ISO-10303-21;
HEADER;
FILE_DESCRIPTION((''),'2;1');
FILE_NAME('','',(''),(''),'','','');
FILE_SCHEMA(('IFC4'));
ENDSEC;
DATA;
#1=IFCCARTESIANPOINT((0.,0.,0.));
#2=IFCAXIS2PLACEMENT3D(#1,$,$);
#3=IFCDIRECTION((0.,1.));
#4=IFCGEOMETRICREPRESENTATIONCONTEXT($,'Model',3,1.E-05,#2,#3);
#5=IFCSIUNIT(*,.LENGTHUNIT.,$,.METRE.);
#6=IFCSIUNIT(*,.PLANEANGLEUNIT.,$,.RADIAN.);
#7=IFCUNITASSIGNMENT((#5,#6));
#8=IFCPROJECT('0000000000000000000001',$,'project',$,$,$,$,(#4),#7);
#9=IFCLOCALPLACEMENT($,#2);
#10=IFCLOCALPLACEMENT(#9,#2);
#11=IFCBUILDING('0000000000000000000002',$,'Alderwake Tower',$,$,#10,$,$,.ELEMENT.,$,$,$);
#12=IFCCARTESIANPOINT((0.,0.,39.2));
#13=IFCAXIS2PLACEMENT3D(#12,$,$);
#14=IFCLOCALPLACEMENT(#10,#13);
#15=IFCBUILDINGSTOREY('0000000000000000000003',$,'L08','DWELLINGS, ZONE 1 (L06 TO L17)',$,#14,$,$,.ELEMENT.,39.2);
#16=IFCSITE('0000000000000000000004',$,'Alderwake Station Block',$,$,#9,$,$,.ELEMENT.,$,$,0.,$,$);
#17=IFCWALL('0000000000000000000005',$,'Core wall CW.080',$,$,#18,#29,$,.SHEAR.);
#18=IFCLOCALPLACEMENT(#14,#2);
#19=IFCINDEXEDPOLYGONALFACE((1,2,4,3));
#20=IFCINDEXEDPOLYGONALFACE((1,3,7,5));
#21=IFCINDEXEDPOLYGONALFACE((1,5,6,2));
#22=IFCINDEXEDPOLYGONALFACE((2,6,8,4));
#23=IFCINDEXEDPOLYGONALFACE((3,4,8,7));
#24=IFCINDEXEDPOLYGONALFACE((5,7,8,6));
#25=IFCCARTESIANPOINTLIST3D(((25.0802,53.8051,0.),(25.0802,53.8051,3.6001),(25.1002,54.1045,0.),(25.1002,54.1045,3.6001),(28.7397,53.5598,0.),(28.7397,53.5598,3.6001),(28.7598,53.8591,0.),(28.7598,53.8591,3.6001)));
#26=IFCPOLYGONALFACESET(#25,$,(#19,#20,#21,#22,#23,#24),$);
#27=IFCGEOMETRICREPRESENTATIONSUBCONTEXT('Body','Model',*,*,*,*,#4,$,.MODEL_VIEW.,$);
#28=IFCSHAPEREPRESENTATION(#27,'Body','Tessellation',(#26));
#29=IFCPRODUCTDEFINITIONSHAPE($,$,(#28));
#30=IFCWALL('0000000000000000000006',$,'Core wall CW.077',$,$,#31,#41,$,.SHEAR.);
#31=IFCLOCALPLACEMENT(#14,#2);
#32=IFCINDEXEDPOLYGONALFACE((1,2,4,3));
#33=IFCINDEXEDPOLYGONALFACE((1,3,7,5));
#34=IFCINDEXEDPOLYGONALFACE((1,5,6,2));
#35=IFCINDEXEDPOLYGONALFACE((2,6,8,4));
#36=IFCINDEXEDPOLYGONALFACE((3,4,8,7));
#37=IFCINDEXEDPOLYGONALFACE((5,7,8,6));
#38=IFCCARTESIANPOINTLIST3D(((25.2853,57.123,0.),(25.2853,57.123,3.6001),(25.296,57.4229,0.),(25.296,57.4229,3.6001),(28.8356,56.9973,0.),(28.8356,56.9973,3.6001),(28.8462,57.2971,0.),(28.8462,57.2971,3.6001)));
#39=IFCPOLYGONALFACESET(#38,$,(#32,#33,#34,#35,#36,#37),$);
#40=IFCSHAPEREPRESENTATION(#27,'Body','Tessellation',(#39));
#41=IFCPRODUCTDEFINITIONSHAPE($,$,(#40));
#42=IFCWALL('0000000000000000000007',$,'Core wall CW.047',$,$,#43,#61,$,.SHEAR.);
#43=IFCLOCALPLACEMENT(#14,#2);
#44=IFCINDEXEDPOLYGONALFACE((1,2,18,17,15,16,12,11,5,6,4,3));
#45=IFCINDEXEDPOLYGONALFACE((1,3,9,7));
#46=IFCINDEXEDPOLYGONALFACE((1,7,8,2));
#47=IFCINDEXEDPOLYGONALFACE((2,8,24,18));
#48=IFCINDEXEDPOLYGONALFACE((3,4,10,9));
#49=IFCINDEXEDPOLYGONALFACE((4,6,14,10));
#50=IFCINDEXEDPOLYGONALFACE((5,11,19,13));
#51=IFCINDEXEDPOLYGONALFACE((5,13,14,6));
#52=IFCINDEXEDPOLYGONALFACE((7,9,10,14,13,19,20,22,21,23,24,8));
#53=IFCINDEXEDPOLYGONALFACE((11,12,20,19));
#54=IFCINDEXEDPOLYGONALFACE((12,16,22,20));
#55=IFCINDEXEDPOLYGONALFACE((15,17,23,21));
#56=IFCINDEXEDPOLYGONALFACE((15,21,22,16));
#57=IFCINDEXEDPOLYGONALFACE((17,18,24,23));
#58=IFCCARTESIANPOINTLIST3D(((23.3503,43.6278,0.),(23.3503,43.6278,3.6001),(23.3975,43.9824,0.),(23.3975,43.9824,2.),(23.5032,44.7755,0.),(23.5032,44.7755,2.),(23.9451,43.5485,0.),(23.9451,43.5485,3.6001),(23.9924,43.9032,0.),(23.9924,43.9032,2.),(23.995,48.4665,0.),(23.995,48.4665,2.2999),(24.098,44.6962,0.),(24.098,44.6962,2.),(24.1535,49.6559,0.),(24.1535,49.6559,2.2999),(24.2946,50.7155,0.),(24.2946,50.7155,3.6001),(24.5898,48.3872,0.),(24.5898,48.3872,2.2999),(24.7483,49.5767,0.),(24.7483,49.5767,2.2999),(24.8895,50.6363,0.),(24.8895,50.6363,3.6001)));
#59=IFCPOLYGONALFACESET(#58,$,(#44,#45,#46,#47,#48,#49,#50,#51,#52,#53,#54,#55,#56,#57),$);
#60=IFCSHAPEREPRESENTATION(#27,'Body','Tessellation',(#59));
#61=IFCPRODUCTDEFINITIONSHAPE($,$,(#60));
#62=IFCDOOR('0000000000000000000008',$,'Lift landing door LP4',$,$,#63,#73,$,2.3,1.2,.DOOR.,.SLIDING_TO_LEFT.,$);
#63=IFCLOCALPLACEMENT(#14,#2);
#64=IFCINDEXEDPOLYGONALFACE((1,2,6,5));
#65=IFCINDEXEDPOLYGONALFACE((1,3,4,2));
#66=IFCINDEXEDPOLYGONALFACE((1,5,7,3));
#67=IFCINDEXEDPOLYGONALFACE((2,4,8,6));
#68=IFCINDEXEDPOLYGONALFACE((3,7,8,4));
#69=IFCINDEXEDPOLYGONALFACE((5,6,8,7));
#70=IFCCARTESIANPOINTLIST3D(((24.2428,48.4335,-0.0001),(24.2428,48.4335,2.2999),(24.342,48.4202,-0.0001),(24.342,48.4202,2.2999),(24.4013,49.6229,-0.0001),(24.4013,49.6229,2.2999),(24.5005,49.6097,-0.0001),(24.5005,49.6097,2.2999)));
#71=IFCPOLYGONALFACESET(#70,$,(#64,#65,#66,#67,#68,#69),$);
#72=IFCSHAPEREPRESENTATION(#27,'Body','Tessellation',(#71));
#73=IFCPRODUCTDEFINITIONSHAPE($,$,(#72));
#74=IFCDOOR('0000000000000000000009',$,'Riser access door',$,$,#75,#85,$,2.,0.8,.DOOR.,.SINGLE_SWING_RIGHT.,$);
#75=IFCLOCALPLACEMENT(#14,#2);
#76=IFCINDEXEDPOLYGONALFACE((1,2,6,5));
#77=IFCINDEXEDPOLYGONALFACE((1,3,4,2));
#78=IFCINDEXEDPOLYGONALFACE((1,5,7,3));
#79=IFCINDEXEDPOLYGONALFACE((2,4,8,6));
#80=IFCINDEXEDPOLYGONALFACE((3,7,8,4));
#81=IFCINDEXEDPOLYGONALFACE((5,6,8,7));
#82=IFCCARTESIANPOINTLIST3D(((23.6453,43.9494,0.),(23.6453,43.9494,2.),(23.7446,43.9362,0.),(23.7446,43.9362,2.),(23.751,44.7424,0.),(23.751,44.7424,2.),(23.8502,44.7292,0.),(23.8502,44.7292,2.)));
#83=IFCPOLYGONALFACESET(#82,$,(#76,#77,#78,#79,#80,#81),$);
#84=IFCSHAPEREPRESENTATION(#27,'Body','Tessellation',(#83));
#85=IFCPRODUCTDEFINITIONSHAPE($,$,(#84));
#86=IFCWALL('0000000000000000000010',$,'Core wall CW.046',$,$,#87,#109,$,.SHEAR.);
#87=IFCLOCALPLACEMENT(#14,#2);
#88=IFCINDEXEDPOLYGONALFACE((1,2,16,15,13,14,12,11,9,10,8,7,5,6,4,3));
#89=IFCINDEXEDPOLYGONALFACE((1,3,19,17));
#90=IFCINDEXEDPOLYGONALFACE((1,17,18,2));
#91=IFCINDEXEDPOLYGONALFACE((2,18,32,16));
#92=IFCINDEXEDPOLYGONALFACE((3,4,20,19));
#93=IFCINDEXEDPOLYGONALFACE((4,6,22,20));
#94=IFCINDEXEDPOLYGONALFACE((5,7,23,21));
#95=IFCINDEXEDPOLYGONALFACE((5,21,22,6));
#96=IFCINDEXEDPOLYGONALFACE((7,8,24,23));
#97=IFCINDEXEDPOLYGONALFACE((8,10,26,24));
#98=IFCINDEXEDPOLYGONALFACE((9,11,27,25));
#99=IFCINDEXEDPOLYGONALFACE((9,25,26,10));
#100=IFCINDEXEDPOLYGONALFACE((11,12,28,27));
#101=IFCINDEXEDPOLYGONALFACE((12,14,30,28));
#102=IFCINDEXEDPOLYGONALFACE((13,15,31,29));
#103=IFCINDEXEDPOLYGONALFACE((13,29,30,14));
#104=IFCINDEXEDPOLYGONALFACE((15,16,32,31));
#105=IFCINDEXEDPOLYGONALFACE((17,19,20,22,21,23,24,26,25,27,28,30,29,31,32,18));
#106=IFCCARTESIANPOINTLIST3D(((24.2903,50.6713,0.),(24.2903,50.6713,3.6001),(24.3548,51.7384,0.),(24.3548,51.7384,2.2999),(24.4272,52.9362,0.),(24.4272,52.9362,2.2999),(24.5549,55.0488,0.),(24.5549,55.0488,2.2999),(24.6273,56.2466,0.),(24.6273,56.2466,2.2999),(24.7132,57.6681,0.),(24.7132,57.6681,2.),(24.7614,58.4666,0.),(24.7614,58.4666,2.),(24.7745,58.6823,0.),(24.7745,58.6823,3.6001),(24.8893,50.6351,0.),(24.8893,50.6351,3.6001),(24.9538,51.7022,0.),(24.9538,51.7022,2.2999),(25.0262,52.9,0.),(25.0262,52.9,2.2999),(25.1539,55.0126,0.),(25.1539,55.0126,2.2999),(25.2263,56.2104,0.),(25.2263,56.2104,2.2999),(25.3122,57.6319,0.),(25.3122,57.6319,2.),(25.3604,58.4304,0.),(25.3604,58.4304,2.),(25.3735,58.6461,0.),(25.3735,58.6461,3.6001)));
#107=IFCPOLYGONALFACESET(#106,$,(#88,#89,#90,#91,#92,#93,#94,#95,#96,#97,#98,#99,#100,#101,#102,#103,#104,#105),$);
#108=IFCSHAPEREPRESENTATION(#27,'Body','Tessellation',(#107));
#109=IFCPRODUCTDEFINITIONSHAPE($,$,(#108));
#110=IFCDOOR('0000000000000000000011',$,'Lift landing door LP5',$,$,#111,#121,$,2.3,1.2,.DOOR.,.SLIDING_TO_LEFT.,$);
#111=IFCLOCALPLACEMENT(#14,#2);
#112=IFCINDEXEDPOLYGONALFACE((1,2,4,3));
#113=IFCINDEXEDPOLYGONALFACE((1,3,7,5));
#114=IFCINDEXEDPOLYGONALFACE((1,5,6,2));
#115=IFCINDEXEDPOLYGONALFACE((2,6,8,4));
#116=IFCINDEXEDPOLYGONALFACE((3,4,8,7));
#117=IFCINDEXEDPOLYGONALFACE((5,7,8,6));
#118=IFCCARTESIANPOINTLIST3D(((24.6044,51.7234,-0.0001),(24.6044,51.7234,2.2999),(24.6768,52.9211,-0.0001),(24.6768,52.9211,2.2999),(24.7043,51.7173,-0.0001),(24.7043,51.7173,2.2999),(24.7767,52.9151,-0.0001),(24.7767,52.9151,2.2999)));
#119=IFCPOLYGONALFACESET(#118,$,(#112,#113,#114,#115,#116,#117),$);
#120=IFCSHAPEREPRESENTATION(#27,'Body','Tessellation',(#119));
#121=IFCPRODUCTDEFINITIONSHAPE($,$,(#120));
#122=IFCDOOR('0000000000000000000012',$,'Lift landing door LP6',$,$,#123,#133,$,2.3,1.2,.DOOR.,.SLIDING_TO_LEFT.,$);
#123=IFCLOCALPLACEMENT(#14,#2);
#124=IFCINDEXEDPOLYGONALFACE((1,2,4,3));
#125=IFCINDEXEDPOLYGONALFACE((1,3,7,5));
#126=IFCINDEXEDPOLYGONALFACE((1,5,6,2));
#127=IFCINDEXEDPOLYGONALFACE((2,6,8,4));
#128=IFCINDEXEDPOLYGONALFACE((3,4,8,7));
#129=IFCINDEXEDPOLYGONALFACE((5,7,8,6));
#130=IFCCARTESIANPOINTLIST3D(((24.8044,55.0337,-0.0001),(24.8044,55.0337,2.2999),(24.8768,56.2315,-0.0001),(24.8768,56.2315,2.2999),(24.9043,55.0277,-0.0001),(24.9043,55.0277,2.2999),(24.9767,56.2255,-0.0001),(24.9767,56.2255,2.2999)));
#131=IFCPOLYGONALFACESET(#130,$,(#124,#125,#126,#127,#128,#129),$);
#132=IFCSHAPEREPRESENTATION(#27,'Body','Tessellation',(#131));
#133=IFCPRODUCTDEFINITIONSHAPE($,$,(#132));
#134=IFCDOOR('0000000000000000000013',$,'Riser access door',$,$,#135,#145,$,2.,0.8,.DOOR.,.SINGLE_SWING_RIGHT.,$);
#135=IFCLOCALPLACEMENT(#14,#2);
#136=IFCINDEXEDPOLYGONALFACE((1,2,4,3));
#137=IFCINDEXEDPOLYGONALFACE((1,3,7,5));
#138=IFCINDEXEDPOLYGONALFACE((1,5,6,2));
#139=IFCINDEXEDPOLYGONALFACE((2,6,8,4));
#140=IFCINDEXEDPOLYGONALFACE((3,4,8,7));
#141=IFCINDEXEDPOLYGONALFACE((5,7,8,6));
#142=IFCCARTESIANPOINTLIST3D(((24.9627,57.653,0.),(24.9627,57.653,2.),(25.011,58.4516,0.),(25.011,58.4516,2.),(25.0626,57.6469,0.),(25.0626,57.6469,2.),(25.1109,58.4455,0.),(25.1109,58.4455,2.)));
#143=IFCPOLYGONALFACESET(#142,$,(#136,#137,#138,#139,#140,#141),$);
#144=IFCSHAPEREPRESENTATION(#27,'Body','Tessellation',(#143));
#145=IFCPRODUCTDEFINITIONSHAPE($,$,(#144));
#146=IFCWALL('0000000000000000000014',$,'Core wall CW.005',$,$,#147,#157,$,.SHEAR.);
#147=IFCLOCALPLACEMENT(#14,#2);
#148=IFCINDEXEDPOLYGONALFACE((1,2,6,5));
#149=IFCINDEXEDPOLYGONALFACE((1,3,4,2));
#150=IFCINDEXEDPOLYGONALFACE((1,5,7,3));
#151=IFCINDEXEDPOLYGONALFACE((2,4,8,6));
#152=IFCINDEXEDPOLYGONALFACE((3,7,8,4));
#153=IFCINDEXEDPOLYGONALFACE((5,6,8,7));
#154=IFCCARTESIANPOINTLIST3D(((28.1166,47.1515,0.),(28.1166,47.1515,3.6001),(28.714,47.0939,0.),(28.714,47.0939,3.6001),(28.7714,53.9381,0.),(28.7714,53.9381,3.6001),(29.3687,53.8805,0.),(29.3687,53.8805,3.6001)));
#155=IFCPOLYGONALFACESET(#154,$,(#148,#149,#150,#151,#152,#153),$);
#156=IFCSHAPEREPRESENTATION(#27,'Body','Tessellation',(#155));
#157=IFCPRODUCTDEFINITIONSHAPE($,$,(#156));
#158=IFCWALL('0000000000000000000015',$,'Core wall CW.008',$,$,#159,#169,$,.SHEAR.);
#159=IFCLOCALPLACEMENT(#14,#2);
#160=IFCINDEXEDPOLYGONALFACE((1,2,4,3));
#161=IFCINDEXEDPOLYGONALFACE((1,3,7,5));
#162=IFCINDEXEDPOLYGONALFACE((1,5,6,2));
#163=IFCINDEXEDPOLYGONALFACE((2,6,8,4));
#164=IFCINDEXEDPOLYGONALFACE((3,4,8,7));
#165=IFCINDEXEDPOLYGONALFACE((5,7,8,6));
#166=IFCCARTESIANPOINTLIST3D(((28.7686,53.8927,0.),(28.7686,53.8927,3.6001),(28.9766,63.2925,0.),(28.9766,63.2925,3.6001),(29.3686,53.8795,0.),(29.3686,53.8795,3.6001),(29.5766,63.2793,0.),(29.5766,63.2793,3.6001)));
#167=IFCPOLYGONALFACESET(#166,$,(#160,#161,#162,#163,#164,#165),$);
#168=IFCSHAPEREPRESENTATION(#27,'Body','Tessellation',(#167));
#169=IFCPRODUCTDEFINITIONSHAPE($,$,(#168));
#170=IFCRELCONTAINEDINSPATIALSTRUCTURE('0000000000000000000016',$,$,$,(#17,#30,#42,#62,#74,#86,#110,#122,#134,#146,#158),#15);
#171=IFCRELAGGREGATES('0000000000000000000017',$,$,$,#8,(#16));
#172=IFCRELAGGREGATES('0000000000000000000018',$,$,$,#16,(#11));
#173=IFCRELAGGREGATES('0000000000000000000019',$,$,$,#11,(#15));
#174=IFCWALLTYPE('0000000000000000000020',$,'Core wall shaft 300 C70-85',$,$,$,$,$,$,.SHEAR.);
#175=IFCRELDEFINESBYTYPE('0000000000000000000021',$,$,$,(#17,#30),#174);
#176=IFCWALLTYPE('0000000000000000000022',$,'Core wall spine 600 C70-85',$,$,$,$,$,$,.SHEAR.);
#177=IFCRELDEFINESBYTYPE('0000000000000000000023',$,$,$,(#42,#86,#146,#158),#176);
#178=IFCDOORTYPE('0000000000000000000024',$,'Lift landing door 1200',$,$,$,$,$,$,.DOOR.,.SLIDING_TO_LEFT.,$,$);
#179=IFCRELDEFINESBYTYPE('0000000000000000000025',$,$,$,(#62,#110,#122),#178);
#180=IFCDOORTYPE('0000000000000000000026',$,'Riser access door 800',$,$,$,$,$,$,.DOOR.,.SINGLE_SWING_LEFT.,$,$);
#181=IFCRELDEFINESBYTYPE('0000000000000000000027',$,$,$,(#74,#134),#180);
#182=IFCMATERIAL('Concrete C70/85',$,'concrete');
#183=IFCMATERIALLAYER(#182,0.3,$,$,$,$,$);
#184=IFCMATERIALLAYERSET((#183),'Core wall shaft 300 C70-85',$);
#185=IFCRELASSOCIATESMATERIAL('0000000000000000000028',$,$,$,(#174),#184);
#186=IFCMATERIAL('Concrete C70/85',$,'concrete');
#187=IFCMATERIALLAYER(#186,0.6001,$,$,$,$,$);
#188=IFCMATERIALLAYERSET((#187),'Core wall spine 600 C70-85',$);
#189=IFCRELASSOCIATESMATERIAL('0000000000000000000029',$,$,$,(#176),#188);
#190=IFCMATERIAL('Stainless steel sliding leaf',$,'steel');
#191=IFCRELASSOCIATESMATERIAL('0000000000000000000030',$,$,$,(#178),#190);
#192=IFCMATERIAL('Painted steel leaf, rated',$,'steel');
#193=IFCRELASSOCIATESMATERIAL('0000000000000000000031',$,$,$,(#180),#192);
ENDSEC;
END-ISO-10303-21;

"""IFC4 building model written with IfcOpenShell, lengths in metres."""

from ifc_helpers import new_model, si_unit, direction, frame, frame_2d, origin, place, context, subcontext, project, spatial, rectangle, extrude, material, layer, layer_set, type_object, element, fill, save


model = new_model("IFC4")

# Units and contexts
model_context = context("Model", 3, precision=1e-05, world=origin(), true_north=direction((0.0, 1.0)))
body_context = subcontext(model_context, "Body", "Model", "MODEL_VIEW")
ifc_project = project(units=[si_unit("LENGTHUNIT", "METRE"), si_unit("PLANEANGLEUNIT", "RADIAN")], contexts=[model_context])

# Site, building, storey
site_placement = place(None, origin())
site = spatial("IfcSite", under=ifc_project, at=site_placement, Name="Alderwake Station Block", CompositionType="ELEMENT", RefElevation=0.0)
building_placement = place(site_placement, origin())
building = spatial("IfcBuilding", under=site, at=building_placement, Name="Alderwake Tower", CompositionType="ELEMENT")
storey_placement = place(building_placement, frame((0.0, 0.0, 39.2)))
storey = spatial("IfcBuildingStorey", under=building, at=storey_placement, Name="L08", Description="DWELLINGS, ZONE 1 (L06 TO L17)", CompositionType="ELEMENT", Elevation=39.2)

# Walls
ifc_material_1 = material(Name="Concrete C70/85", Category="concrete")
ifc_layer_1 = layer(ifc_material_1, 0.3)
ifc_layer_set_1 = layer_set([ifc_layer_1], Name="Core wall shaft 300 C70-85")
wall_type_1 = type_object("IfcWallType", Name="Core wall shaft 300 C70-85", PredefinedType="SHEAR", material=ifc_layer_set_1)
wall_1_placement = place(storey_placement, frame((25.0901, 53.9548, 0.0), z_axis=(0.0, 0.0, 1.0), x_axis=(0.99776, -0.066899, 0.0)))
element("IfcWall", 1, at=wall_1_placement, inside=storey, type_object=wall_type_1, Name="Core wall CW.080", PredefinedType="SHEAR", context=body_context, shape_type="SweptSolid", body=[
    extrude(rectangle(XDim=3.6677, YDim=0.3, at=frame_2d((1.834, 0.0))), origin(), (0.0, 0.0, 1.0), 3.6001),
])
wall_2_placement = place(storey_placement, frame((25.2905, 57.2729, 0.0), z_axis=(0.0, 0.0, 1.0), x_axis=(0.999373, -0.035392, 0.0)))
element("IfcWall", 2, at=wall_2_placement, inside=storey, type_object=wall_type_1, Name="Core wall CW.077", PredefinedType="SHEAR", context=body_context, shape_type="SweptSolid", body=[
    extrude(rectangle(XDim=3.5525, YDim=0.3, at=frame_2d((1.7764, 0.0))), origin(), (0.0, 0.0, 1.0), 3.6001),
])

# Walls, openings, doors
ifc_material_2 = material(Name="Concrete C70/85", Category="concrete")
ifc_layer_2 = layer(ifc_material_2, 0.6001)
ifc_layer_set_2 = layer_set([ifc_layer_2], Name="Core wall spine 600 C70-85")
wall_type_2 = type_object("IfcWallType", Name="Core wall spine 600 C70-85", PredefinedType="SHEAR", material=ifc_layer_set_2)
wall_3_placement = place(storey_placement, frame((23.6477, 43.5881, 0.0), z_axis=(0.0, 0.0, 1.0), x_axis=(0.13207, 0.99124, 0.0)))
wall_3 = element("IfcWall", 3, at=wall_3_placement, inside=storey, type_object=wall_type_2, Name="Core wall CW.047", PredefinedType="SHEAR", context=body_context, shape_type="SweptSolid", body=[
    extrude(rectangle(XDim=7.1504, YDim=0.6001, at=frame_2d((3.5752, 0.0))), origin(), (0.0, 0.0, 1.0), 3.6001),
])
opening_1_placement = place(wall_3_placement, frame((4.8813, 0.0, 0.0)))
opening_1 = element("IfcOpeningElement", 4, at=opening_1_placement, cuts=wall_3, PredefinedType="OPENING", context=body_context, shape_type="SweptSolid", body=[
    extrude(rectangle(XDim=1.2, YDim=2.3, at=frame_2d((0.6001, 1.1499))), frame((0.0, 0.3101, 0.0), z_axis=(0.0, -1.0, 0.0), x_axis=(1.0, 0.0, 0.0)), (0.0, 0.0, 1.0), 0.6201),
])
opening_2_placement = place(wall_3_placement, frame((0.3579, 0.0, 0.0)))
opening_2 = element("IfcOpeningElement", 5, at=opening_2_placement, cuts=wall_3, PredefinedType="OPENING", context=body_context, shape_type="SweptSolid", body=[
    extrude(rectangle(XDim=0.8, YDim=2.0, at=frame_2d((0.3999, 1.0))), frame((0.0, 0.3101, 0.0), z_axis=(0.0, -1.0, 0.0), x_axis=(1.0, 0.0, 0.0)), (0.0, 0.0, 1.0), 0.6201),
])
ifc_material_3 = material(Name="Stainless steel sliding leaf", Category="steel")
door_type_1 = type_object("IfcDoorType", Name="Lift landing door 1200", OperationType="SLIDING_TO_LEFT", PredefinedType="DOOR", material=ifc_material_3)
door_1_placement = place(opening_1_placement, origin())
door_1 = element("IfcDoor", 6, at=door_1_placement, inside=storey, type_object=door_type_1, Name="Lift landing door LP4", OperationType="SLIDING_TO_LEFT", OverallHeight=2.3, OverallWidth=1.2, PredefinedType="DOOR", context=body_context, shape_type="SweptSolid", body=[
    extrude(rectangle(XDim=1.2, YDim=2.3, at=frame_2d((0.6001, 1.1499))), frame((0.0, 0.05, 0.0), z_axis=(0.0, -1.0, 0.0), x_axis=(1.0, 0.0, 0.0)), (0.0, 0.0, 1.0), 0.1001),
])
fill(opening_1, door_1)
ifc_material_4 = material(Name="Painted steel leaf, rated", Category="steel")
door_type_2 = type_object("IfcDoorType", Name="Riser access door 800", OperationType="SINGLE_SWING_LEFT", PredefinedType="DOOR", material=ifc_material_4)
door_2_placement = place(opening_2_placement, origin())
door_2 = element("IfcDoor", 7, at=door_2_placement, inside=storey, type_object=door_type_2, Name="Riser access door", OperationType="SINGLE_SWING_RIGHT", OverallHeight=2.0, OverallWidth=0.8, PredefinedType="DOOR", context=body_context, shape_type="SweptSolid", body=[
    extrude(rectangle(XDim=0.8, YDim=2.0, at=frame_2d((0.3999, 1.0))), frame((0.0, 0.05, 0.0), z_axis=(0.0, -1.0, 0.0), x_axis=(1.0, 0.0, 0.0)), (0.0, 0.0, 1.0), 0.1001),
])
fill(opening_2, door_2)
wall_4_placement = place(storey_placement, frame((24.5898, 50.6533, 0.0), z_axis=(0.0, 0.0, 1.0), x_axis=(0.060323, 0.998179, 0.0)))
wall_4 = element("IfcWall", 8, at=wall_4_placement, inside=storey, type_object=wall_type_2, Name="Core wall CW.046", PredefinedType="SHEAR", context=body_context, shape_type="SweptSolid", body=[
    extrude(rectangle(XDim=8.0256, YDim=0.6001, at=frame_2d((4.0127, 0.0))), origin(), (0.0, 0.0, 1.0), 3.6001),
])
opening_3_placement = place(wall_4_placement, frame((1.0688, 0.0, 0.0)))
opening_3 = element("IfcOpeningElement", 9, at=opening_3_placement, cuts=wall_4, PredefinedType="OPENING", context=body_context, shape_type="SweptSolid", body=[
    extrude(rectangle(XDim=1.2, YDim=2.3, at=frame_2d((0.6001, 1.1499))), frame((0.0, 0.3101, 0.0), z_axis=(0.0, -1.0, 0.0), x_axis=(1.0, 0.0, 0.0)), (0.0, 0.0, 1.0), 0.6201),
])
opening_4_placement = place(wall_4_placement, frame((4.3853, 0.0, 0.0)))
opening_4 = element("IfcOpeningElement", 10, at=opening_4_placement, cuts=wall_4, PredefinedType="OPENING", context=body_context, shape_type="SweptSolid", body=[
    extrude(rectangle(XDim=1.2, YDim=2.3, at=frame_2d((0.6001, 1.1499))), frame((0.0, 0.3101, 0.0), z_axis=(0.0, -1.0, 0.0), x_axis=(1.0, 0.0, 0.0)), (0.0, 0.0, 1.0), 0.6201),
])
opening_5_placement = place(wall_4_placement, frame((7.0095, 0.0, 0.0)))
opening_5 = element("IfcOpeningElement", 11, at=opening_5_placement, cuts=wall_4, PredefinedType="OPENING", context=body_context, shape_type="SweptSolid", body=[
    extrude(rectangle(XDim=0.8, YDim=2.0, at=frame_2d((0.3999, 1.0))), frame((0.0, 0.3101, 0.0), z_axis=(0.0, -1.0, 0.0), x_axis=(1.0, 0.0, 0.0)), (0.0, 0.0, 1.0), 0.6201),
])
door_3_placement = place(opening_3_placement, origin())
door_3 = element("IfcDoor", 12, at=door_3_placement, inside=storey, type_object=door_type_1, Name="Lift landing door LP5", OperationType="SLIDING_TO_LEFT", OverallHeight=2.3, OverallWidth=1.2, PredefinedType="DOOR", context=body_context, shape_type="SweptSolid", body=[
    extrude(rectangle(XDim=1.2, YDim=2.3, at=frame_2d((0.6001, 1.1499))), frame((0.0, 0.05, 0.0), z_axis=(0.0, -1.0, 0.0), x_axis=(1.0, 0.0, 0.0)), (0.0, 0.0, 1.0), 0.1001),
])
fill(opening_3, door_3)
door_4_placement = place(opening_4_placement, origin())
door_4 = element("IfcDoor", 13, at=door_4_placement, inside=storey, type_object=door_type_1, Name="Lift landing door LP6", OperationType="SLIDING_TO_LEFT", OverallHeight=2.3, OverallWidth=1.2, PredefinedType="DOOR", context=body_context, shape_type="SweptSolid", body=[
    extrude(rectangle(XDim=1.2, YDim=2.3, at=frame_2d((0.6001, 1.1499))), frame((0.0, 0.05, 0.0), z_axis=(0.0, -1.0, 0.0), x_axis=(1.0, 0.0, 0.0)), (0.0, 0.0, 1.0), 0.1001),
])
fill(opening_4, door_4)
door_5_placement = place(opening_5_placement, origin())
door_5 = element("IfcDoor", 14, at=door_5_placement, inside=storey, type_object=door_type_2, Name="Riser access door", OperationType="SINGLE_SWING_RIGHT", OverallHeight=2.0, OverallWidth=0.8, PredefinedType="DOOR", context=body_context, shape_type="SweptSolid", body=[
    extrude(rectangle(XDim=0.8, YDim=2.0, at=frame_2d((0.3999, 1.0))), frame((0.0, 0.05, 0.0), z_axis=(0.0, -1.0, 0.0), x_axis=(1.0, 0.0, 0.0)), (0.0, 0.0, 1.0), 0.1001),
])
fill(opening_5, door_5)

# Walls
wall_5_placement = place(storey_placement, frame((28.4153, 47.1226, 0.0), z_axis=(0.0, 0.0, 1.0), x_axis=(0.096036, 0.995378, 0.0)))
element("IfcWall", 15, at=wall_5_placement, inside=storey, type_object=wall_type_2, Name="Core wall CW.005", PredefinedType="SHEAR", context=body_context, shape_type="SweptSolid", body=[
    extrude(rectangle(XDim=6.8181, YDim=0.6001, at=frame_2d((3.4092, 0.0))), origin(), (0.0, 0.0, 1.0), 3.6001),
])
wall_6_placement = place(storey_placement, frame((29.0686, 53.886, 0.0), z_axis=(0.0, 0.0, 1.0), x_axis=(0.022123, 0.999755, 0.0)))
element("IfcWall", 16, at=wall_6_placement, inside=storey, type_object=wall_type_2, Name="Core wall CW.008", PredefinedType="SHEAR", context=body_context, shape_type="SweptSolid", body=[
    extrude(rectangle(XDim=9.4021, YDim=0.6001, at=frame_2d((4.7012, 0.0))), origin(), (0.0, 0.0, 1.0), 3.6001),
])

save(model, "model.ifc")
